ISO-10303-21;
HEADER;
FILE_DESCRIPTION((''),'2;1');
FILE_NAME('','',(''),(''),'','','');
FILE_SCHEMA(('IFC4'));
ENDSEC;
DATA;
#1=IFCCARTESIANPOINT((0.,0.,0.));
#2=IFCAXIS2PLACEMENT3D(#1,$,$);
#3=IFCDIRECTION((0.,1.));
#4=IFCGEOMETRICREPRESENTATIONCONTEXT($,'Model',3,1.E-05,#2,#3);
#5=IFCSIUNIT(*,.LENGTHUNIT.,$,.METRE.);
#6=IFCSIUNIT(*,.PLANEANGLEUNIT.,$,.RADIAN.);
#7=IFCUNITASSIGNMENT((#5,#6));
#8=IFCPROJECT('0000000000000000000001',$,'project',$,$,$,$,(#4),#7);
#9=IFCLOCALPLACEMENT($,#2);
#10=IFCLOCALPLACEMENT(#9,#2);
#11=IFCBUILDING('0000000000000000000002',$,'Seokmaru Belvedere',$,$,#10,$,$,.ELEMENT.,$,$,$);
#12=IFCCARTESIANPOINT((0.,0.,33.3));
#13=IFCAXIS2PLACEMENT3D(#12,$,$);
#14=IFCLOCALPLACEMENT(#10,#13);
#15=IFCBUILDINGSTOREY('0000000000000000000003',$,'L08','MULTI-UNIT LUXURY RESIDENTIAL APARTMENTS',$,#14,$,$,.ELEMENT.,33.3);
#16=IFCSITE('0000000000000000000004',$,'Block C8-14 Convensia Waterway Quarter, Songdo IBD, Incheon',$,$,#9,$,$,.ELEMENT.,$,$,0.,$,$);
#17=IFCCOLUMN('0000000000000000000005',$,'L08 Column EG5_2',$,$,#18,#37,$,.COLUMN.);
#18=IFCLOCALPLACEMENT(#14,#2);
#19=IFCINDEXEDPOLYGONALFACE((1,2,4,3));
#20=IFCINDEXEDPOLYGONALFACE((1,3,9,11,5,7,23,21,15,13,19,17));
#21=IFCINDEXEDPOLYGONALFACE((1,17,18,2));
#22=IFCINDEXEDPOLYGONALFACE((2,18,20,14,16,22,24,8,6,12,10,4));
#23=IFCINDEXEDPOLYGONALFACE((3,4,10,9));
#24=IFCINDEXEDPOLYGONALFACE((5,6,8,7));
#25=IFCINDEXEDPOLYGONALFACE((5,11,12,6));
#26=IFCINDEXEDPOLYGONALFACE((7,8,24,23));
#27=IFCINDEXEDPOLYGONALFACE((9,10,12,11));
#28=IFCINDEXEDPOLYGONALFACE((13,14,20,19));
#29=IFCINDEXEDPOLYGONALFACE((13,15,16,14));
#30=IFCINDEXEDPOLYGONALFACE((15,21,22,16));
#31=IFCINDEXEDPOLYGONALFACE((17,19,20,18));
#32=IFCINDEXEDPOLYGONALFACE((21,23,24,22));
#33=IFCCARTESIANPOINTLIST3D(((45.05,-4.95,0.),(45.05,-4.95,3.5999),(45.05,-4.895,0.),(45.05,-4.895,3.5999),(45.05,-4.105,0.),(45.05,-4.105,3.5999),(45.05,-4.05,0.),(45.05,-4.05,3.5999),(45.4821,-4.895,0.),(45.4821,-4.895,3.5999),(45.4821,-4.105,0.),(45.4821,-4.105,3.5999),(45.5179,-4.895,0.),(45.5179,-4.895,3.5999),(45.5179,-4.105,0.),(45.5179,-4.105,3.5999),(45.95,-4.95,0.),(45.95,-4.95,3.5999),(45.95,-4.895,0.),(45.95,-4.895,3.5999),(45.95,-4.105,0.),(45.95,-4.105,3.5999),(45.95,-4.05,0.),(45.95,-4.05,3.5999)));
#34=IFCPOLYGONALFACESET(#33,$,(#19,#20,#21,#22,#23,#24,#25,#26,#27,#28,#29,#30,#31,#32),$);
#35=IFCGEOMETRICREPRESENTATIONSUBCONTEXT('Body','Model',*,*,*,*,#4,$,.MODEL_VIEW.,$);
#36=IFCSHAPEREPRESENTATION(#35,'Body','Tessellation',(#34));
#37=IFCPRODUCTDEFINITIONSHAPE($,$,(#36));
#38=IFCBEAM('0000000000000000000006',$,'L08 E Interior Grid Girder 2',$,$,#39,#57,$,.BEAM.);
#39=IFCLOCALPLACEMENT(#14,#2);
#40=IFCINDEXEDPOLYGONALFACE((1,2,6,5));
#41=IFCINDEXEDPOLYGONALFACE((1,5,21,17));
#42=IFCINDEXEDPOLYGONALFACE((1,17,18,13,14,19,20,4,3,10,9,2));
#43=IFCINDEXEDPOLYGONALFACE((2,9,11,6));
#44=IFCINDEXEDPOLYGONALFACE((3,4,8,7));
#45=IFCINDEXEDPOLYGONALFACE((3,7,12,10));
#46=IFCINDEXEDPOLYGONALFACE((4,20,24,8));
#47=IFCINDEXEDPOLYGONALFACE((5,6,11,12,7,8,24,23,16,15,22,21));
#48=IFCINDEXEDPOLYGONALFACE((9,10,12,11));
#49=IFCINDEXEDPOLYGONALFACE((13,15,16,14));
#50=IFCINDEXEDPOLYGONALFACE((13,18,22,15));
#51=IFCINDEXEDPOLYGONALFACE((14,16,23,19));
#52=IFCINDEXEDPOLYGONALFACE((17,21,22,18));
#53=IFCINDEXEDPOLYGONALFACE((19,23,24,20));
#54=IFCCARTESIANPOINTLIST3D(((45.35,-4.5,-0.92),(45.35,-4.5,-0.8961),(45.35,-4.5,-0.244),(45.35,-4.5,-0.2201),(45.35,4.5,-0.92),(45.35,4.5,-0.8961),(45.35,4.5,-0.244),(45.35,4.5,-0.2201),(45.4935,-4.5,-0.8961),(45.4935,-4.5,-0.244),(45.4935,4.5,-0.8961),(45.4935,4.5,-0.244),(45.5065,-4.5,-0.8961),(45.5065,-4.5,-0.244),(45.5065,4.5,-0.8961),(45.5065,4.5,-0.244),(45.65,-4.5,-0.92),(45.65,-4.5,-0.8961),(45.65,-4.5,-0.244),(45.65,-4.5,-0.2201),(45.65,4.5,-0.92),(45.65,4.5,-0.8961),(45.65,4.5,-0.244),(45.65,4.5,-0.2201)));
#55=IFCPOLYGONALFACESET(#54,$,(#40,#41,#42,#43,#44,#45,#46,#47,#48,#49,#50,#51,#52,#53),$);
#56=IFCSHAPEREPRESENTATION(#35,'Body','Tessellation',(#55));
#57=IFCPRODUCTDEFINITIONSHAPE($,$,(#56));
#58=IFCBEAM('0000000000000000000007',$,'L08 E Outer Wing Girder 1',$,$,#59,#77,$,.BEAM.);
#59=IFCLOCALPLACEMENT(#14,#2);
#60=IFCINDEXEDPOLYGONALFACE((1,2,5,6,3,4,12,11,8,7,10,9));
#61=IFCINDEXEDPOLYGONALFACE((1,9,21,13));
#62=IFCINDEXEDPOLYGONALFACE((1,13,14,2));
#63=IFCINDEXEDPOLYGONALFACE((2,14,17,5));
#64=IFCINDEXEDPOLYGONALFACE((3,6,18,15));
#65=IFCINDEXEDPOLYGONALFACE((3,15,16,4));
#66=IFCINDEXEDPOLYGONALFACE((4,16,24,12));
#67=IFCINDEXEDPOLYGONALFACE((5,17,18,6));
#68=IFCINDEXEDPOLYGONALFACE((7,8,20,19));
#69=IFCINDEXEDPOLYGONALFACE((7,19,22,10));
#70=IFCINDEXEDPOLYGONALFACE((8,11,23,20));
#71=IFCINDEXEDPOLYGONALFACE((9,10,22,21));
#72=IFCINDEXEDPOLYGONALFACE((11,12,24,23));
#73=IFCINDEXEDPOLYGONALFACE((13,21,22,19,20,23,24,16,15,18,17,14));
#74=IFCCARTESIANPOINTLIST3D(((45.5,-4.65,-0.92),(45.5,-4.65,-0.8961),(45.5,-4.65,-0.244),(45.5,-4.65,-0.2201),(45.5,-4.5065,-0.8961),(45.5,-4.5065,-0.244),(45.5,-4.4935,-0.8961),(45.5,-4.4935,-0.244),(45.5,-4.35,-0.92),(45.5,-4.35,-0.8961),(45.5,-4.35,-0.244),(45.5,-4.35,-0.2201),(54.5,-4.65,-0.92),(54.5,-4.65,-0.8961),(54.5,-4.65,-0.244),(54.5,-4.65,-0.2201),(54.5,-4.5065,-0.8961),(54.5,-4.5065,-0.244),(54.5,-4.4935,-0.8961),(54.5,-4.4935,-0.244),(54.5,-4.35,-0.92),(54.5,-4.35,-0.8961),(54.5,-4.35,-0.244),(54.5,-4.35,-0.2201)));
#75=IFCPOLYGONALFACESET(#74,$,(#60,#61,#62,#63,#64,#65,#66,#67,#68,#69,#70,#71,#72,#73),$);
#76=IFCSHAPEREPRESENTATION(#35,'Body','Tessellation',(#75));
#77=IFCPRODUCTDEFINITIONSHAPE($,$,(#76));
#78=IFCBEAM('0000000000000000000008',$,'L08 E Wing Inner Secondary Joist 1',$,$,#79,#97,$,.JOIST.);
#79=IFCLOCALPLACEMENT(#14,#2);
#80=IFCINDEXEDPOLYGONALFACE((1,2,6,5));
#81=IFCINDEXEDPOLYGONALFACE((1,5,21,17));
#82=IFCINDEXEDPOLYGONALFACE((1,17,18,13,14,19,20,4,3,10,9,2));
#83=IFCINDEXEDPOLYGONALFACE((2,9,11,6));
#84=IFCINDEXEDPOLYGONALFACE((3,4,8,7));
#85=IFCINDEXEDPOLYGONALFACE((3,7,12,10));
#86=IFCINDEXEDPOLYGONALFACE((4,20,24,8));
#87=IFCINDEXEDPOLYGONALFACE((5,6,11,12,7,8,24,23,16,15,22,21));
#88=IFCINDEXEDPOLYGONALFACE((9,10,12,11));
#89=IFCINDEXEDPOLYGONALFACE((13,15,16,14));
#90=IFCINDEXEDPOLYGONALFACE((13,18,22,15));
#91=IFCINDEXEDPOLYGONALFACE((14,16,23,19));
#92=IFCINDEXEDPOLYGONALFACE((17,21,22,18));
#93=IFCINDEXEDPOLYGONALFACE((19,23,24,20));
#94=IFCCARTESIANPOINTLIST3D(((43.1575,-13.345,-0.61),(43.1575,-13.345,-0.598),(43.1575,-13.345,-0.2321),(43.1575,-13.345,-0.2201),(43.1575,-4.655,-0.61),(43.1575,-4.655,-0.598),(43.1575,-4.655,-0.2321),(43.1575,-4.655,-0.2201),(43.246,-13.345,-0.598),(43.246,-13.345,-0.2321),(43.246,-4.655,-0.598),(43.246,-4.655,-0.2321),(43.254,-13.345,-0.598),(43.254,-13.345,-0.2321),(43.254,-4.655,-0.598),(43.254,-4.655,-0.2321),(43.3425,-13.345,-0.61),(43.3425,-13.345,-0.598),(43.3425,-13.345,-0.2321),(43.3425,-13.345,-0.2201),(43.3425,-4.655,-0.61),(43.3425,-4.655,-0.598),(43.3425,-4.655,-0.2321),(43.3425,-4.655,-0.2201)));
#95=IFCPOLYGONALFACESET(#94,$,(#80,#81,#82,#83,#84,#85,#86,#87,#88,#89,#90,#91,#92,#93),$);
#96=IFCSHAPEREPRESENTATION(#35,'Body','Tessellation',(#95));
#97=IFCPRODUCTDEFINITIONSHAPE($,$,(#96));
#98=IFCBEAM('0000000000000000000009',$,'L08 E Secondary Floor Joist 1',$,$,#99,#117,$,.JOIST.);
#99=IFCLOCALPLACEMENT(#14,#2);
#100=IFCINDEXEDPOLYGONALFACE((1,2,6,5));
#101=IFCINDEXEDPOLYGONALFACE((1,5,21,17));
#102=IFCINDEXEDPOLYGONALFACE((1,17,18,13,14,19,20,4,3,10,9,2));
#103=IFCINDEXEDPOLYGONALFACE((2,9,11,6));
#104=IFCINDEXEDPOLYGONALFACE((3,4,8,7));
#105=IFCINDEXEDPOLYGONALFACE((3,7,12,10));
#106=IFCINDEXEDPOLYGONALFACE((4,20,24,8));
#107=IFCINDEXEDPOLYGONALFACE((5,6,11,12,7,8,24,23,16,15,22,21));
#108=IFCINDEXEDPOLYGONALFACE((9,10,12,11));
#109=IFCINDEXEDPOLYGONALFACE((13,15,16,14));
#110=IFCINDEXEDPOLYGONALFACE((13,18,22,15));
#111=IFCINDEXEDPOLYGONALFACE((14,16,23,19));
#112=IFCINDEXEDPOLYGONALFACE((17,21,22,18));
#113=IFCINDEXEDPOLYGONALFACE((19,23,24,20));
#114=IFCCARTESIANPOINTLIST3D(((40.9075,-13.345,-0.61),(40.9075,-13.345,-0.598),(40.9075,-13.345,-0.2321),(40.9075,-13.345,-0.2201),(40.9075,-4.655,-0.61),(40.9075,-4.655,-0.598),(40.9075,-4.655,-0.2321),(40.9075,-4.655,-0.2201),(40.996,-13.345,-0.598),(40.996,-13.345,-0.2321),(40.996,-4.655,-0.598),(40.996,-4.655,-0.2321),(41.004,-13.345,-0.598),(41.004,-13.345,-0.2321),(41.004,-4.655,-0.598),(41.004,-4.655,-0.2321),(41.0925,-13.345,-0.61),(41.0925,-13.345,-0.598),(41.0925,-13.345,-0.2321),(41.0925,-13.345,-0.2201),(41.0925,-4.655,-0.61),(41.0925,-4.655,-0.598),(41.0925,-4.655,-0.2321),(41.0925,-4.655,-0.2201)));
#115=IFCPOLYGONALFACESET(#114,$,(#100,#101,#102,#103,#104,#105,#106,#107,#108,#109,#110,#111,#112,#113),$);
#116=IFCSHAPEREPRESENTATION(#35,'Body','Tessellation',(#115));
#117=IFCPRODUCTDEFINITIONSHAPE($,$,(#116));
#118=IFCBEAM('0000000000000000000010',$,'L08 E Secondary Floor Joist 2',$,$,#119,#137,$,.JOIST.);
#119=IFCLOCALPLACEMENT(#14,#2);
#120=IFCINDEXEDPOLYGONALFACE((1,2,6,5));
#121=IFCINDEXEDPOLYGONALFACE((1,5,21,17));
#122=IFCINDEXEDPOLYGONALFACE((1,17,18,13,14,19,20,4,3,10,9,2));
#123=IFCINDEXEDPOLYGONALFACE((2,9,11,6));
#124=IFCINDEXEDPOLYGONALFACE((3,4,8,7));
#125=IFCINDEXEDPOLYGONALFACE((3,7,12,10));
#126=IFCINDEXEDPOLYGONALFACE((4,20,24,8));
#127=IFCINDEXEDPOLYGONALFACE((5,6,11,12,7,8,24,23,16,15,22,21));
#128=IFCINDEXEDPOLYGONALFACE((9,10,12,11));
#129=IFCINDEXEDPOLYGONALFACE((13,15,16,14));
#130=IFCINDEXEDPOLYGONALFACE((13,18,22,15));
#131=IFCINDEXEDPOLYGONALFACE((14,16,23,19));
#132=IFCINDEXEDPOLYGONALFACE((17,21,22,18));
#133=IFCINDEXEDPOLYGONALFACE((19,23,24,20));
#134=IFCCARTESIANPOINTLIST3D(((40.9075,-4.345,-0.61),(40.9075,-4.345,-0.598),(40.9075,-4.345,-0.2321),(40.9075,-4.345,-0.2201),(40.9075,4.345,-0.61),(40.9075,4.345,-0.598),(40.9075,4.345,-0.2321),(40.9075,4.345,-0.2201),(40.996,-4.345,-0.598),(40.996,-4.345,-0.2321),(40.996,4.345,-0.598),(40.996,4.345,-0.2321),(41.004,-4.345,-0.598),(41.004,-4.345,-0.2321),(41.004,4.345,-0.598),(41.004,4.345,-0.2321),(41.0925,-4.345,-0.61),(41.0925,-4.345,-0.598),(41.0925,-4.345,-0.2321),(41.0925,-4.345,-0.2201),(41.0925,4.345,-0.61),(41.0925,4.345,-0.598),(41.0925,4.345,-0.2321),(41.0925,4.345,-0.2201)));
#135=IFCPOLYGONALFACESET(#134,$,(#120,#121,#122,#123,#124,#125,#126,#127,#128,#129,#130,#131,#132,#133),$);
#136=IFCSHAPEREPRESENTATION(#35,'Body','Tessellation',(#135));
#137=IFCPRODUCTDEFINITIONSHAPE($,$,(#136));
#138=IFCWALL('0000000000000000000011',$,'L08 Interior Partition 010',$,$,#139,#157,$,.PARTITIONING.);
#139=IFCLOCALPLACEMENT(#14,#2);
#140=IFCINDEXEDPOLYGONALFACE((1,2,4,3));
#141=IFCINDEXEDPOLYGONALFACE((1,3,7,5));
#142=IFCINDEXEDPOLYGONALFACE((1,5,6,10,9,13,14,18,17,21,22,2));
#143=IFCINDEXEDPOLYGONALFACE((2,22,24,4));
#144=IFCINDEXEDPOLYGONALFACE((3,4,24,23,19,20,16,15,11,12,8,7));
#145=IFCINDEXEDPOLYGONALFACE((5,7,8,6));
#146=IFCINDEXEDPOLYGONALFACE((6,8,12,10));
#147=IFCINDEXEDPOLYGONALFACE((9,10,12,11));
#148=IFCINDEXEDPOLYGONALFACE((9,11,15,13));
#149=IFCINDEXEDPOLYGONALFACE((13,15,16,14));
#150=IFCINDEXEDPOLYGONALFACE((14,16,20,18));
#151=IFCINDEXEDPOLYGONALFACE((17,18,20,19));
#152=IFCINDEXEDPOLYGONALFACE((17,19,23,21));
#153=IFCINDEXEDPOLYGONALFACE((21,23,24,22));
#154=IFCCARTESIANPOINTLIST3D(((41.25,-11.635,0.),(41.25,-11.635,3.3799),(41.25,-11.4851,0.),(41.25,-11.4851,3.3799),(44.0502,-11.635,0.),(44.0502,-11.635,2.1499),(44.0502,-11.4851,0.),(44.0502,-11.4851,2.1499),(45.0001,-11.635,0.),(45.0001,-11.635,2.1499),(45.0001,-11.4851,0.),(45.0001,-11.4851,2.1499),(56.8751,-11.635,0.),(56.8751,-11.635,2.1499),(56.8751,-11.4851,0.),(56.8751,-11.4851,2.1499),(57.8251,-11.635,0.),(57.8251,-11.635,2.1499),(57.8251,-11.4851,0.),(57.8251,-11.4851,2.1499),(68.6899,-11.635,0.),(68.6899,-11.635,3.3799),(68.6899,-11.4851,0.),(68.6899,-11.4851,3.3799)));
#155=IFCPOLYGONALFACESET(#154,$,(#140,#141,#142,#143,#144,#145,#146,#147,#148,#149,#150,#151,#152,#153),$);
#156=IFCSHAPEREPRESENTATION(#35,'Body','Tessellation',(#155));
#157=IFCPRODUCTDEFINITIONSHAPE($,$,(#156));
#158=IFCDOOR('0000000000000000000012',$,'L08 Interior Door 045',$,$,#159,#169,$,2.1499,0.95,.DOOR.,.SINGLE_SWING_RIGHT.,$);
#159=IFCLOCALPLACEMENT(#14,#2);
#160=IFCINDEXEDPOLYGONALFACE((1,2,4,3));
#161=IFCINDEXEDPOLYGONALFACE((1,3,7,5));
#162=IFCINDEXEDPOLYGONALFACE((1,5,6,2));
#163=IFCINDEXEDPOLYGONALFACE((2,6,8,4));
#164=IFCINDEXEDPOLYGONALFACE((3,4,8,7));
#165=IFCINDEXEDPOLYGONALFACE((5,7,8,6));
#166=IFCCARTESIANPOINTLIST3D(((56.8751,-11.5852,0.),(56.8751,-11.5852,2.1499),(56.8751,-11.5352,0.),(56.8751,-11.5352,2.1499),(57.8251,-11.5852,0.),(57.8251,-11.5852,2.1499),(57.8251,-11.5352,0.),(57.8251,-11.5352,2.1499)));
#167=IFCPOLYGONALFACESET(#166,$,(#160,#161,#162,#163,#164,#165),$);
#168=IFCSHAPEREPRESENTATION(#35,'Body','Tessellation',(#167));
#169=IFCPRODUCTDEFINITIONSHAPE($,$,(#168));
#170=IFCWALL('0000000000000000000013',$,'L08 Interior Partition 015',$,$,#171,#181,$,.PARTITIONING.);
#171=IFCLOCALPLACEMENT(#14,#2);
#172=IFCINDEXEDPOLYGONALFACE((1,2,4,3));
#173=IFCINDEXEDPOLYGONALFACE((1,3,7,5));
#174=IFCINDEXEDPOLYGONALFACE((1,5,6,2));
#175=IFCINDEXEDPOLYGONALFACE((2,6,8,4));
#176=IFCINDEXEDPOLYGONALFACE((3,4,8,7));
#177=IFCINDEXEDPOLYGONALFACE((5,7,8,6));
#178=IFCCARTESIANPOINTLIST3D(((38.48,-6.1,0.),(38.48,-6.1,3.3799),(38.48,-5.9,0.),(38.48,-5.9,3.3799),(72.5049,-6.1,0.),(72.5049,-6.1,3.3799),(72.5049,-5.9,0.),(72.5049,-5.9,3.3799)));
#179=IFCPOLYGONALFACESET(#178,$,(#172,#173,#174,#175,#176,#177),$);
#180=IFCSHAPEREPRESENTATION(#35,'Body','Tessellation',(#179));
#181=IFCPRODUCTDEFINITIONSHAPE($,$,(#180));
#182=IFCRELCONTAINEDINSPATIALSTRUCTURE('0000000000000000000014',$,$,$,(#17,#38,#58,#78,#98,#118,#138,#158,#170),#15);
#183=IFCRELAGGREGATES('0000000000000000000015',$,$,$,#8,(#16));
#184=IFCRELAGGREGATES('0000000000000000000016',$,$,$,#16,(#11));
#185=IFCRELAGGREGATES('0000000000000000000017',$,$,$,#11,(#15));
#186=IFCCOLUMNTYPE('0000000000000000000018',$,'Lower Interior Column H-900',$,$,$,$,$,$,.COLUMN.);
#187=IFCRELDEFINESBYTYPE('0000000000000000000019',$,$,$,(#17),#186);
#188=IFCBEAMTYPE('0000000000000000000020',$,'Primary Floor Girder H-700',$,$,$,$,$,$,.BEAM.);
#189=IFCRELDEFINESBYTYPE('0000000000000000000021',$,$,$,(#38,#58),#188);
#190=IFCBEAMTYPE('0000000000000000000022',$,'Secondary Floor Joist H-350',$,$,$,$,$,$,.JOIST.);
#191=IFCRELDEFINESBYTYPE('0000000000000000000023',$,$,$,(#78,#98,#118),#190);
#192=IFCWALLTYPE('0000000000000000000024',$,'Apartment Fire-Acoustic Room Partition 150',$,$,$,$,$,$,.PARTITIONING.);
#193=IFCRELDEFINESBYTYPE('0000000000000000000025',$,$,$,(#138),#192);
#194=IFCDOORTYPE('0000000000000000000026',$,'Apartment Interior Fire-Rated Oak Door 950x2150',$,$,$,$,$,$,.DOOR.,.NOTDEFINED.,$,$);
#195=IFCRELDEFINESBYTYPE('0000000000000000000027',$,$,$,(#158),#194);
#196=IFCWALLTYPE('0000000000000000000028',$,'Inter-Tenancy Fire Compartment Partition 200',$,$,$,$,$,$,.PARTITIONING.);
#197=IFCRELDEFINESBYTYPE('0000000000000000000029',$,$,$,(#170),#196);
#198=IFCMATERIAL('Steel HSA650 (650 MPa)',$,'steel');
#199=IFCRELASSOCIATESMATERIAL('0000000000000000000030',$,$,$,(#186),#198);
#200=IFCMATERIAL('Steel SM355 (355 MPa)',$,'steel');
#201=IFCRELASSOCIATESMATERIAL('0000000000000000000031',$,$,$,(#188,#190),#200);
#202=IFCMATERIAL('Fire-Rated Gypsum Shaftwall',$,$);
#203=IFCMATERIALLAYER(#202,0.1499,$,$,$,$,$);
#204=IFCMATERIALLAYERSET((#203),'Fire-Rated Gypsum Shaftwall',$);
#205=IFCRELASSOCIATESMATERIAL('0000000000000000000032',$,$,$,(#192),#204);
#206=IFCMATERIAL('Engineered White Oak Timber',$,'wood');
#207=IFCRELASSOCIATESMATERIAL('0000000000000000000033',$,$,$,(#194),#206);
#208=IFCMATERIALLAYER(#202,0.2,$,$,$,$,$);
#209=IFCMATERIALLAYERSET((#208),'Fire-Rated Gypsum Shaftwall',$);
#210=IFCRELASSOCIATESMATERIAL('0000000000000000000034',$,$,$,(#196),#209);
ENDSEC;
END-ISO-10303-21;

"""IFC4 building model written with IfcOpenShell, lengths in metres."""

from ifc_helpers import new_model, si_unit, direction, frame, frame_2d, origin, origin_2d, place, context, subcontext, project, spatial, rectangle, i_section, extrude, source, transform, mapped, material, layer, layer_set, material_profile, profile_set, type_object, type_shapes, element, fill, save


model = new_model("IFC4")

# Units and contexts
model_context = context("Model", 3, precision=1e-05, world=origin(), true_north=direction((0.0, 1.0)))
body_context = subcontext(model_context, "Body", "Model", "MODEL_VIEW")
ifc_project = project(units=[si_unit("LENGTHUNIT", "METRE"), si_unit("PLANEANGLEUNIT", "RADIAN")], contexts=[model_context])

# Site, building, storey
site_placement = place(None, origin())
site = spatial("IfcSite", under=ifc_project, at=site_placement, Name="Block C8-14 Convensia Waterway Quarter, Songdo IBD, Incheon", CompositionType="ELEMENT", RefElevation=0.0)
building_placement = place(site_placement, origin())
building = spatial("IfcBuilding", under=site, at=building_placement, Name="Seokmaru Belvedere", CompositionType="ELEMENT")
storey_placement = place(building_placement, frame((0.0, 0.0, 33.3)))
storey = spatial("IfcBuildingStorey", under=building, at=storey_placement, Name="L08", Description="MULTI-UNIT LUXURY RESIDENTIAL APARTMENTS", CompositionType="ELEMENT", Elevation=33.3)

# Column
ifc_material_1 = material(Name="Steel HSA650 (650 MPa)", Category="steel")
ifc_material_profile_1 = material_profile(ifc_material_1, i_section(OverallWidth=0.8999, OverallDepth=0.8999, WebThickness=0.0359, FlangeThickness=0.0549, at=origin_2d()), Name="H-900x900x36x55")
ifc_profile_set_1 = profile_set([ifc_material_profile_1], Name="Steel HSA650 (650 MPa)")
column_type = type_object("IfcColumnType", Name="Lower Interior Column H-900", PredefinedType="COLUMN", material=ifc_profile_set_1)
shared_shape_1 = source(origin(), body_context, "Body", "SweptSolid", [
    extrude(i_section(OverallWidth=0.8999, OverallDepth=0.8999, WebThickness=0.0359, FlangeThickness=0.0549, at=origin_2d()), origin(), (0.0, 0.0, 1.0), 3.5999),
])
type_shapes(column_type, [shared_shape_1])
column_placement = place(storey_placement, frame((45.5, -4.5, 0.0), z_axis=(0.0, 0.0, 1.0), x_axis=(1.0, 0.0, 0.0)))
element("IfcColumn", 1, at=column_placement, inside=storey, type_object=column_type, Name="L08 Column EG5_2", PredefinedType="COLUMN", context=body_context, shape_type="MappedRepresentation", body=[
    mapped(shared_shape_1, transform((0.0, 0.0, 0.0), scale=1.0)),
])

# Beams
ifc_material_2 = material(Name="Steel SM355 (355 MPa)", Category="steel")
ifc_material_profile_2 = material_profile(ifc_material_2, i_section(OverallWidth=0.3, OverallDepth=0.7, WebThickness=0.0129, FlangeThickness=0.0239, at=origin_2d()), Name="H-700x300x13x24")
ifc_profile_set_2 = profile_set([ifc_material_profile_2], Name="Steel SM355 (355 MPa)")
beam_type_1 = type_object("IfcBeamType", Name="Primary Floor Girder H-700", PredefinedType="BEAM", material=ifc_profile_set_2)
shared_shape_2 = source(origin(), body_context, "Body", "SweptSolid", [
    extrude(i_section(OverallWidth=0.3, OverallDepth=0.7, WebThickness=0.0129, FlangeThickness=0.0239, at=origin_2d()), origin(), (0.0, 0.0, 1.0), 9.0),
])
type_shapes(beam_type_1, [shared_shape_2])
for number, where, z_axis, x_axis, name in (
    (2, (45.5, -4.5, -0.5701), (0.0, 1.0, 0.0), (-1.0, 0.0, 0.0), "L08 E Interior Grid Girder 2"),
    (3, (45.5, -4.5, -0.5701), (1.0, 0.0, 0.0), (0.0, 1.0, 0.0), "L08 E Outer Wing Girder 1"),
):
    element("IfcBeam", number, at=place(storey_placement, frame(where, z_axis=z_axis, x_axis=x_axis)), inside=storey, type_object=beam_type_1, Name=name, PredefinedType="BEAM", context=body_context, shape_type="MappedRepresentation", body=[
        mapped(shared_shape_2, transform((0.0, 0.0, 0.0), scale=1.0)),
    ])
ifc_material_profile_3 = material_profile(ifc_material_2, i_section(OverallWidth=0.1851, OverallDepth=0.3899, WebThickness=0.0081, FlangeThickness=0.012, at=origin_2d()), Name="H-390x185x8x12")
ifc_profile_set_3 = profile_set([ifc_material_profile_3], Name="Steel SM355 (355 MPa)")
beam_type_2 = type_object("IfcBeamType", Name="Secondary Floor Joist H-350", PredefinedType="JOIST", material=ifc_profile_set_3)
shared_shape_3 = source(origin(), body_context, "Body", "SweptSolid", [
    extrude(i_section(OverallWidth=0.1851, OverallDepth=0.3899, WebThickness=0.0081, FlangeThickness=0.012, at=origin_2d()), origin(), (0.0, 0.0, 1.0), 8.6899),
])
type_shapes(beam_type_2, [shared_shape_3])
for number, where, z_axis, x_axis, name in (
    (4, (43.25, -13.345, -0.415), (0.0, 1.0, 0.0), (-1.0, 0.0, 0.0), "L08 E Wing Inner Secondary Joist 1"),
    (5, (41.0, -13.345, -0.415), (0.0, 1.0, 0.0), (-1.0, 0.0, 0.0), "L08 E Secondary Floor Joist 1"),
    (6, (41.0, -4.345, -0.415), (0.0, 1.0, 0.0), (-1.0, 0.0, 0.0), "L08 E Secondary Floor Joist 2"),
):
    element("IfcBeam", number, at=place(storey_placement, frame(where, z_axis=z_axis, x_axis=x_axis)), inside=storey, type_object=beam_type_2, Name=name, PredefinedType="JOIST", context=body_context, shape_type="MappedRepresentation", body=[
        mapped(shared_shape_3, transform((0.0, 0.0, 0.0), scale=1.0)),
    ])

# Shared definitions
ifc_material_3 = material(Name="Fire-Rated Gypsum Shaftwall")
ifc_layer_1 = layer(ifc_material_3, 0.1499)
ifc_layer_set_1 = layer_set([ifc_layer_1], Name="Fire-Rated Gypsum Shaftwall")
wall_type_1 = type_object("IfcWallType", Name="Apartment Fire-Acoustic Room Partition 150", PredefinedType="PARTITIONING", material=ifc_layer_set_1)

# Wall, openings, door
wall_1_placement = place(storey_placement, frame((41.25, -11.5601, 0.0), z_axis=(0.0, 0.0, 1.0), x_axis=(1.0, 0.0, 0.0)))
wall_1 = element("IfcWall", 7, at=wall_1_placement, inside=storey, type_object=wall_type_1, Name="L08 Interior Partition 010", PredefinedType="PARTITIONING", context=body_context, shape_type="SweptSolid", body=[
    extrude(rectangle(XDim=27.4399, YDim=0.1499, at=frame_2d((13.72, 0.0))), origin(), (0.0, 0.0, 1.0), 3.3799),
])
opening_1_placement = place(wall_1_placement, frame((2.8, 0.0, 0.0)))
element("IfcOpeningElement", 8, at=opening_1_placement, cuts=wall_1, PredefinedType="OPENING", context=body_context, shape_type="SweptSolid", body=[
    extrude(rectangle(XDim=0.95, YDim=2.1499, at=frame_2d((0.4751, 1.075))), frame((0.0, 0.085, 0.0), z_axis=(0.0, -1.0, 0.0), x_axis=(1.0, 0.0, 0.0)), (0.0, 0.0, 1.0), 0.1699),
])
opening_2_placement = place(wall_1_placement, frame((15.625, 0.0, 0.0)))
opening_2 = element("IfcOpeningElement", 9, at=opening_2_placement, cuts=wall_1, PredefinedType="OPENING", context=body_context, shape_type="SweptSolid", body=[
    extrude(rectangle(XDim=0.95, YDim=2.1499, at=frame_2d((0.4751, 1.075))), frame((0.0, 0.085, 0.0), z_axis=(0.0, -1.0, 0.0), x_axis=(1.0, 0.0, 0.0)), (0.0, 0.0, 1.0), 0.1699),
])
ifc_material_4 = material(Name="Engineered White Oak Timber", Category="wood")
door_type_1 = type_object("IfcDoorType", Name="Apartment Interior Fire-Rated Oak Door 950x2150", OperationType="NOTDEFINED", PredefinedType="DOOR", material=ifc_material_4)
shared_shape_4 = source(origin(), body_context, "Body", "SweptSolid", [
    extrude(rectangle(XDim=0.95, YDim=2.1499, at=frame_2d((0.4751, 1.075))), frame((0.0, 0.0249, 0.0), z_axis=(0.0, -1.0, 0.0), x_axis=(1.0, 0.0, 0.0)), (0.0, 0.0, 1.0), 0.05),
])
type_shapes(door_type_1, [shared_shape_4])
door_1_placement = place(opening_2_placement, origin())
door_1 = element("IfcDoor", 10, at=door_1_placement, inside=storey, type_object=door_type_1, Name="L08 Interior Door 045", OperationType="SINGLE_SWING_RIGHT", OverallHeight=2.1499, OverallWidth=0.95, PredefinedType="DOOR", context=body_context, shape_type="MappedRepresentation", body=[
    mapped(shared_shape_4, transform((0.0, 0.0, 0.0), scale=1.0)),
])
fill(opening_2, door_1)

# Wall
ifc_layer_2 = layer(ifc_material_3, 0.2)
ifc_layer_set_2 = layer_set([ifc_layer_2], Name="Fire-Rated Gypsum Shaftwall")
wall_type_2 = type_object("IfcWallType", Name="Inter-Tenancy Fire Compartment Partition 200", PredefinedType="PARTITIONING", material=ifc_layer_set_2)
wall_2_placement = place(storey_placement, frame((38.48, -6.0, 0.0), z_axis=(0.0, 0.0, 1.0), x_axis=(1.0, 0.0, 0.0)))
element("IfcWall", 11, at=wall_2_placement, inside=storey, type_object=wall_type_2, Name="L08 Interior Partition 015", PredefinedType="PARTITIONING", context=body_context, shape_type="SweptSolid", body=[
    extrude(rectangle(XDim=34.0249, YDim=0.2, at=frame_2d((17.0125, 0.0))), origin(), (0.0, 0.0, 1.0), 3.3799),
])

save(model, "model.ifc")
